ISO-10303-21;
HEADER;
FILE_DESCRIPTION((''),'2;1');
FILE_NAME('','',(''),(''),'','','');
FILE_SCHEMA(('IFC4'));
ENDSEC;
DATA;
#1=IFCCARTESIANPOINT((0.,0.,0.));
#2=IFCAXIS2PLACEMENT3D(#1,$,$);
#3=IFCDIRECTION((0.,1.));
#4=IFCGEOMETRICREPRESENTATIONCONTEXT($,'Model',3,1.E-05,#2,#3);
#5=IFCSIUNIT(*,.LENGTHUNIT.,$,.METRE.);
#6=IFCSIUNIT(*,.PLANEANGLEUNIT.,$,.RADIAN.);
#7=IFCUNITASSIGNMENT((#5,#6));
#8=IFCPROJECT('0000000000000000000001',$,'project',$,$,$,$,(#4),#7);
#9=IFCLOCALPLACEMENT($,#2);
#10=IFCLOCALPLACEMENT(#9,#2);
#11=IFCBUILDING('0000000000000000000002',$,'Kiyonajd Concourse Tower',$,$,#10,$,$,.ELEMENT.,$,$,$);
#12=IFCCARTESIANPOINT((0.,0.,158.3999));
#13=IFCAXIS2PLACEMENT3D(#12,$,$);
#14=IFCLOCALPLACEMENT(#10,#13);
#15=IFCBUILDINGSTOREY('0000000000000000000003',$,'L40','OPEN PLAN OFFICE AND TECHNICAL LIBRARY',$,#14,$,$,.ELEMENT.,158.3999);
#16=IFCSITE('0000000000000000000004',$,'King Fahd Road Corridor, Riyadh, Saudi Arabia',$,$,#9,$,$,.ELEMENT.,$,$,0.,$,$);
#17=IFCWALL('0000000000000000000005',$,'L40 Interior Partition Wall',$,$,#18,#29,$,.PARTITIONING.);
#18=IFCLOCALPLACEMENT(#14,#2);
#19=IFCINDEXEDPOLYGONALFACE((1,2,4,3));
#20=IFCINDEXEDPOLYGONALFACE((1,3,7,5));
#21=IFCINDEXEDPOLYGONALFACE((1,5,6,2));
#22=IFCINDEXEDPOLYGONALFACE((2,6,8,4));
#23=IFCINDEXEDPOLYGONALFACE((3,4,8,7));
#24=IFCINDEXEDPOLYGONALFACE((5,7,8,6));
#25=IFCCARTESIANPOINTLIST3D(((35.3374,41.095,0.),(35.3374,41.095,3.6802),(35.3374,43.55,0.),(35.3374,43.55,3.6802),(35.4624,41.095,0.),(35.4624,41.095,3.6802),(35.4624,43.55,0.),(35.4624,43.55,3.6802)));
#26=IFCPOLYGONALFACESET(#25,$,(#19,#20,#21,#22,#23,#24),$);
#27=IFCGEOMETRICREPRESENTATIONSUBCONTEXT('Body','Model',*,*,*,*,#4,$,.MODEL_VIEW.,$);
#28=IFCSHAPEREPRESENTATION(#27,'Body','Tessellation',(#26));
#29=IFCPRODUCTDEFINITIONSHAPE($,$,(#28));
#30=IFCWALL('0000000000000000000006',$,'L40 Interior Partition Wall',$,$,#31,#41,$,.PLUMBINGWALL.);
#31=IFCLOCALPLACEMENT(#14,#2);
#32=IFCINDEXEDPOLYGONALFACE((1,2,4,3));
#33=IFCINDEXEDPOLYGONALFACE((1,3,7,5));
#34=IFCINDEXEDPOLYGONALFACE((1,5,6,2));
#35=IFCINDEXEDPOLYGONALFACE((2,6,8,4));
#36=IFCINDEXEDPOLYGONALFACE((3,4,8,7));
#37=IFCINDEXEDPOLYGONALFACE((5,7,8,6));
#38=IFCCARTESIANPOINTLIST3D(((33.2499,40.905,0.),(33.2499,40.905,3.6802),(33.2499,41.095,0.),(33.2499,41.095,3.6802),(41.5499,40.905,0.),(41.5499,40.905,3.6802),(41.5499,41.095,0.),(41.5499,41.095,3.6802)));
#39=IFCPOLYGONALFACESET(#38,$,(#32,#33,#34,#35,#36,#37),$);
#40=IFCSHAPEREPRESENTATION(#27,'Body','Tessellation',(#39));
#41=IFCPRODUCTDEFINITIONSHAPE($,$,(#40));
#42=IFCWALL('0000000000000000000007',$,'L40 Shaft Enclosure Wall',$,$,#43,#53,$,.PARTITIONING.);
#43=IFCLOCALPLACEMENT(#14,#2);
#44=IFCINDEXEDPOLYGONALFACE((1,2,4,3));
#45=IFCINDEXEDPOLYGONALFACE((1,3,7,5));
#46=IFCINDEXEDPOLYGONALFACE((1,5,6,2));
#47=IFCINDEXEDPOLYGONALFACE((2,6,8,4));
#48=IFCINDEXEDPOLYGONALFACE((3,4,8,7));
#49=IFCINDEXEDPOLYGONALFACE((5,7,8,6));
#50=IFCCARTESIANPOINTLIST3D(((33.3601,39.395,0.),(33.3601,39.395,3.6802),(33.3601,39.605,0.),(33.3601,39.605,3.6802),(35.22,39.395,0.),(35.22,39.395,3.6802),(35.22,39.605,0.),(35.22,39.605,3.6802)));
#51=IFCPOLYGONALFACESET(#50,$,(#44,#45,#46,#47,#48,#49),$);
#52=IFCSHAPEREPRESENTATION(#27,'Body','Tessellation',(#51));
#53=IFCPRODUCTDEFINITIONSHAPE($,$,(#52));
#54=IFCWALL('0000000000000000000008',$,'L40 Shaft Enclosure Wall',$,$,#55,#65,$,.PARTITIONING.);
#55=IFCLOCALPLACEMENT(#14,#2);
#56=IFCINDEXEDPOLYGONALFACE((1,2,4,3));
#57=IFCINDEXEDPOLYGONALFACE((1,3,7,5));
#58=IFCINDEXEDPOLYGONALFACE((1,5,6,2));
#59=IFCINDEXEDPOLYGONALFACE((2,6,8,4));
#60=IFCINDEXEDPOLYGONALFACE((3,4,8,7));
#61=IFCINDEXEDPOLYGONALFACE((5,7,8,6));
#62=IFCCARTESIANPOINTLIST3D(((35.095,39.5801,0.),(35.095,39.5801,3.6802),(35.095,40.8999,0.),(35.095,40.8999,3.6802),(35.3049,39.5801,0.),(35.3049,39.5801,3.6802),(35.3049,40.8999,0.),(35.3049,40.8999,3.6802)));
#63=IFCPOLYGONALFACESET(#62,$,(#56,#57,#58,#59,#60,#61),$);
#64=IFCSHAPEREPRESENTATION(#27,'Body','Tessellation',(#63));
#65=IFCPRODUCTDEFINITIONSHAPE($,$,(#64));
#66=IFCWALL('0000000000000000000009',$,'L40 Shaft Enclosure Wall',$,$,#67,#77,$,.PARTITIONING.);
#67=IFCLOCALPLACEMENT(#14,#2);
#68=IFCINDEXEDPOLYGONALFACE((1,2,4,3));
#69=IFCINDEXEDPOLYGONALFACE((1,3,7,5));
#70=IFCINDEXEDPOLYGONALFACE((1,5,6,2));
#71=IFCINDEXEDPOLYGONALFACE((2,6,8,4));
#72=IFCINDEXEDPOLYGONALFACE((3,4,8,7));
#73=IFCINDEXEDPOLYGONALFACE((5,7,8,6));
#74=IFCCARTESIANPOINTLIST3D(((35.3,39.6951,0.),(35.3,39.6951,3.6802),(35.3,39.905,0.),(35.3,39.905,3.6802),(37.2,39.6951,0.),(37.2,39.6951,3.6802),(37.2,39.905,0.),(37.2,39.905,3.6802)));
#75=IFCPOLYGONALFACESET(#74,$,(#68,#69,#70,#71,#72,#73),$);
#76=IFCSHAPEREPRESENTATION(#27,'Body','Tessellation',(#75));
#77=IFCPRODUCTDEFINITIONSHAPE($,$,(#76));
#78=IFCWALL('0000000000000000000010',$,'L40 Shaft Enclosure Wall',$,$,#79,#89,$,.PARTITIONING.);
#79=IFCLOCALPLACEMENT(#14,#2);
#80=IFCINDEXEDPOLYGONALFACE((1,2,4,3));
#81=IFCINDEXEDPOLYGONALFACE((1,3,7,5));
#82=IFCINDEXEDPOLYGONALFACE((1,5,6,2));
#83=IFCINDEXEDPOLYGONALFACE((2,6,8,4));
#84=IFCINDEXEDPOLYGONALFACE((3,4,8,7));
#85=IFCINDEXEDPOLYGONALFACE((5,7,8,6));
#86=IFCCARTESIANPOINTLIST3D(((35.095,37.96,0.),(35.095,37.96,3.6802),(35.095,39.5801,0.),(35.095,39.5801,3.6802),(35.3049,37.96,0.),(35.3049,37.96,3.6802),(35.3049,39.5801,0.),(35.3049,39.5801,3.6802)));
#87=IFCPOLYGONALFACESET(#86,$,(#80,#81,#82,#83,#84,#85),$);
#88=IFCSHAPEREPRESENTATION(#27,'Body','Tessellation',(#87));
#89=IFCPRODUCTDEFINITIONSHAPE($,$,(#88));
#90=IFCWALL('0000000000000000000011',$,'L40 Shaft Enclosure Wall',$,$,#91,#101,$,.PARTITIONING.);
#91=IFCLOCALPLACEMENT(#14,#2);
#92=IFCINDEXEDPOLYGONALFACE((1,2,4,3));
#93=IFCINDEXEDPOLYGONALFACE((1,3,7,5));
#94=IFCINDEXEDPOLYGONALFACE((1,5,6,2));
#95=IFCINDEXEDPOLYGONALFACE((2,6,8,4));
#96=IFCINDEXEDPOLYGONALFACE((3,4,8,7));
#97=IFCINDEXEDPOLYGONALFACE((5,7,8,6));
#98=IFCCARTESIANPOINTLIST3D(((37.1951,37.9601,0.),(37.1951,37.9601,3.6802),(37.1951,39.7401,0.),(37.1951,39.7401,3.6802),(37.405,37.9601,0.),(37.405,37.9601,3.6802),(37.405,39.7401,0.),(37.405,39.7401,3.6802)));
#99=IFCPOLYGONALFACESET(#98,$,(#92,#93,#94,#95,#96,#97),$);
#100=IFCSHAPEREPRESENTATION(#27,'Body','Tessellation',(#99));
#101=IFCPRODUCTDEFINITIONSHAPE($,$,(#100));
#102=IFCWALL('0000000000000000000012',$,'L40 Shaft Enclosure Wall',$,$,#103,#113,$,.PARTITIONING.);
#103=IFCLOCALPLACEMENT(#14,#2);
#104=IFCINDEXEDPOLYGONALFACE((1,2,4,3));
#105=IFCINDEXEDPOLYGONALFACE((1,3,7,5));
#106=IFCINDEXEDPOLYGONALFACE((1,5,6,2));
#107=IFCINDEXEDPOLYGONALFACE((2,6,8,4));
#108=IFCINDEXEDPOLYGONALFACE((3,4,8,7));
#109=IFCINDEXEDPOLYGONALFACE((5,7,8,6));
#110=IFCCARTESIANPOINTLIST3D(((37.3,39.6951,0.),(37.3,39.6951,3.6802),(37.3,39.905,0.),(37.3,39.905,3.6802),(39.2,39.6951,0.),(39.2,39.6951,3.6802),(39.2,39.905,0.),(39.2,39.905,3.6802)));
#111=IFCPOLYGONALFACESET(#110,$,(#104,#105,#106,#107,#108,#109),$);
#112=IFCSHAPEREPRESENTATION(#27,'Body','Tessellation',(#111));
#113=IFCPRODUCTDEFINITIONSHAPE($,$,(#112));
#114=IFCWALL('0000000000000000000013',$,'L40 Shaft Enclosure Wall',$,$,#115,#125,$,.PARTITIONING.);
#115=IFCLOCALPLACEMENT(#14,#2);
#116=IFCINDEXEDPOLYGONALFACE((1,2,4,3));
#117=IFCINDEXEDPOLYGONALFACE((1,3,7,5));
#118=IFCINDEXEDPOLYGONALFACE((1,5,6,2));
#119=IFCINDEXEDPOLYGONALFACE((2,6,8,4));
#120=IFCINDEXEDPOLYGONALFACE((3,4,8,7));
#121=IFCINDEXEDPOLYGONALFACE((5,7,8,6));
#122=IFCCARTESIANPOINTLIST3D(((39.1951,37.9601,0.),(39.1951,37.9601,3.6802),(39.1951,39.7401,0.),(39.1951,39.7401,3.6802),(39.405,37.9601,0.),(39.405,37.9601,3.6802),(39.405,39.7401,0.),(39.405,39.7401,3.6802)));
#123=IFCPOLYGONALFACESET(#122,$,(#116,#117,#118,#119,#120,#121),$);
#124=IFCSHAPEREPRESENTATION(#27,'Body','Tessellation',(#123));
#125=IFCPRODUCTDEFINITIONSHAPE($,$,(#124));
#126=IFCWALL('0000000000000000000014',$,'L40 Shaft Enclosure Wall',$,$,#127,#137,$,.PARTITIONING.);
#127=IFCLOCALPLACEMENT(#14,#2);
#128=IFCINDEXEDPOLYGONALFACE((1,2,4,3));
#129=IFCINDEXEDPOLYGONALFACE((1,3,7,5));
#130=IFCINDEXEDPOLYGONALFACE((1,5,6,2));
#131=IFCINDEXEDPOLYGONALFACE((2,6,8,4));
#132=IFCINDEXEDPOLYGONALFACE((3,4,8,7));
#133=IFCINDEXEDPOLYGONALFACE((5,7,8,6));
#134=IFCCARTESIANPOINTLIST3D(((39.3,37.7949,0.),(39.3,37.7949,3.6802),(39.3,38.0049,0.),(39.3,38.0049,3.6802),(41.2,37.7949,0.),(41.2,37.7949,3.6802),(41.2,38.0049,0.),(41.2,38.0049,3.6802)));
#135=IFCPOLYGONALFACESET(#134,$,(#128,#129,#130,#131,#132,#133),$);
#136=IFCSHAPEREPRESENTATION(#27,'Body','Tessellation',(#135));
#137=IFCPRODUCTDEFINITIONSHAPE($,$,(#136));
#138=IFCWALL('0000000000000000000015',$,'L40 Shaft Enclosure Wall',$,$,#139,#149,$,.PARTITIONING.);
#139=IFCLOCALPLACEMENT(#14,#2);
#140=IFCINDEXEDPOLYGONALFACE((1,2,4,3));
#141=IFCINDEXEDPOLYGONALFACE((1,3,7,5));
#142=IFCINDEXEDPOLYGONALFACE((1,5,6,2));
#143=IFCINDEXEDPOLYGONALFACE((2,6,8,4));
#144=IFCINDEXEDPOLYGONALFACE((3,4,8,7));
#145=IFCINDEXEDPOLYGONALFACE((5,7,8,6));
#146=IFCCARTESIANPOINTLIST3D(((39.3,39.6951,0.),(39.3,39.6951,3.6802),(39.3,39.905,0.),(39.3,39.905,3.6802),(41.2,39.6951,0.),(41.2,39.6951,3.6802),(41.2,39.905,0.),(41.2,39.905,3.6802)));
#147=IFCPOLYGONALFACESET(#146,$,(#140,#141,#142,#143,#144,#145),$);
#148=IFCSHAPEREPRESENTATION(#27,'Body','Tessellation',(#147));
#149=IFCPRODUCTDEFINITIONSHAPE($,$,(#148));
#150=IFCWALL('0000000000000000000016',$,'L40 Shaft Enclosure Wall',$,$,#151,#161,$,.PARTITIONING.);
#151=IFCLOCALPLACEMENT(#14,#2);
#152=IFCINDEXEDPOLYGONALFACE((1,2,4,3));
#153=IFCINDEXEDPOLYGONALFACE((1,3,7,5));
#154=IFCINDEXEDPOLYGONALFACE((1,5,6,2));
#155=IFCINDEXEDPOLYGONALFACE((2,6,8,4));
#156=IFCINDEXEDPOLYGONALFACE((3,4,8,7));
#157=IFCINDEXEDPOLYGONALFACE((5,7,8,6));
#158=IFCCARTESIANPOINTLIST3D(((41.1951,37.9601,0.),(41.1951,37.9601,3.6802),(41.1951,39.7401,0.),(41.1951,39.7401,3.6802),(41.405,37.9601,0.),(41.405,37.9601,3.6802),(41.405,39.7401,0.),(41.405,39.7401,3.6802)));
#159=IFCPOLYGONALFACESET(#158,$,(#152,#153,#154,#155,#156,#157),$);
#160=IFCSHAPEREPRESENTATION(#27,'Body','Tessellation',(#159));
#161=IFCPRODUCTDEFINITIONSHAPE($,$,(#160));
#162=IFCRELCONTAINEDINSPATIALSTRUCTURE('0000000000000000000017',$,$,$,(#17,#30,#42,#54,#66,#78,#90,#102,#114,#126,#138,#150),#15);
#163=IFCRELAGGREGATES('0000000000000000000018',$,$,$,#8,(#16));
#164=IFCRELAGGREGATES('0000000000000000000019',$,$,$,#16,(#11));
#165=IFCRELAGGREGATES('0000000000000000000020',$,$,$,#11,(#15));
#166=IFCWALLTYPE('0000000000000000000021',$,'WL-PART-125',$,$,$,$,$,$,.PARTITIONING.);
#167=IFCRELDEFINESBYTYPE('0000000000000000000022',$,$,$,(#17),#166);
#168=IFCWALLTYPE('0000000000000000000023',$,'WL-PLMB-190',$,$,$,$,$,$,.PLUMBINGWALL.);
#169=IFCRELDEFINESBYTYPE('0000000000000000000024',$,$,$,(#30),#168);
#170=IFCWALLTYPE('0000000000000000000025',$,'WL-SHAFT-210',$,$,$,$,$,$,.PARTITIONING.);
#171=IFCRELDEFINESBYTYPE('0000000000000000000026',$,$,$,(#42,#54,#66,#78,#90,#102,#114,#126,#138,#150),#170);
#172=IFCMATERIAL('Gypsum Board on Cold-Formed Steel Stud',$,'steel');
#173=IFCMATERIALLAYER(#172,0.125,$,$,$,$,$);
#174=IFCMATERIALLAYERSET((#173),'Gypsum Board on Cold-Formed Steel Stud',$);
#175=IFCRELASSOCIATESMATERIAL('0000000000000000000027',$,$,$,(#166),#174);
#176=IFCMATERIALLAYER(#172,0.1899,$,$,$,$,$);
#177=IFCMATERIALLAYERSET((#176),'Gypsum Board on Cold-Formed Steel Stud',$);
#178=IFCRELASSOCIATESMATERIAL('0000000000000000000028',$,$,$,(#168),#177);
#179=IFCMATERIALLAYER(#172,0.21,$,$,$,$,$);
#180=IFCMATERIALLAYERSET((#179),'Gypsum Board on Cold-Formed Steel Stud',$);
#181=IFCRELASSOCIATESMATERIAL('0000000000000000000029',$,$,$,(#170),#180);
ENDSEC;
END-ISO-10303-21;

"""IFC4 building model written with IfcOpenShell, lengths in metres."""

from ifc_helpers import new_model, si_unit, direction, frame, frame_2d, origin, place, context, subcontext, project, spatial, rectangle, extrude, material, layer, layer_set, type_object, element, save


model = new_model("IFC4")

# Units and contexts
model_context = context("Model", 3, precision=1e-05, world=origin(), true_north=direction((0.0, 1.0)))
body_context = subcontext(model_context, "Body", "Model", "MODEL_VIEW")
ifc_project = project(units=[si_unit("LENGTHUNIT", "METRE"), si_unit("PLANEANGLEUNIT", "RADIAN")], contexts=[model_context])

# Site, building, storey
site_placement = place(None, origin())
site = spatial("IfcSite", under=ifc_project, at=site_placement, Name="King Fahd Road Corridor, Riyadh, Saudi Arabia", CompositionType="ELEMENT", RefElevation=0.0)
building_placement = place(site_placement, origin())
building = spatial("IfcBuilding", under=site, at=building_placement, Name="Kiyonajd Concourse Tower", CompositionType="ELEMENT")
storey_placement = place(building_placement, frame((0.0, 0.0, 158.3999)))
storey = spatial("IfcBuildingStorey", under=building, at=storey_placement, Name="L40", Description="OPEN PLAN OFFICE AND TECHNICAL LIBRARY", CompositionType="ELEMENT", Elevation=158.3999)

# Walls
ifc_material = material(Name="Gypsum Board on Cold-Formed Steel Stud", Category="steel")
ifc_layer_1 = layer(ifc_material, 0.125)
ifc_layer_set_1 = layer_set([ifc_layer_1], Name="Gypsum Board on Cold-Formed Steel Stud")
wall_type_1 = type_object("IfcWallType", Name="WL-PART-125", PredefinedType="PARTITIONING", material=ifc_layer_set_1)
wall_1_placement = place(storey_placement, frame((35.3999, 41.095, 0.0), z_axis=(0.0, 0.0, 1.0), x_axis=(0.0, 1.0, 0.0)))
element("IfcWall", 1, at=wall_1_placement, inside=storey, type_object=wall_type_1, Name="L40 Interior Partition Wall", PredefinedType="PARTITIONING", context=body_context, shape_type="SweptSolid", body=[
    extrude(rectangle(XDim=2.4551, YDim=0.125, at=frame_2d((1.2275, 0.0))), origin(), (0.0, 0.0, 1.0), 3.6802),
])
ifc_layer_2 = layer(ifc_material, 0.1899)
ifc_layer_set_2 = layer_set([ifc_layer_2], Name="Gypsum Board on Cold-Formed Steel Stud")
wall_type_2 = type_object("IfcWallType", Name="WL-PLMB-190", PredefinedType="PLUMBINGWALL", material=ifc_layer_set_2)
wall_2_placement = place(storey_placement, frame((33.25, 41.0, 0.0), z_axis=(0.0, 0.0, 1.0), x_axis=(1.0, 0.0, 0.0)))
element("IfcWall", 2, at=wall_2_placement, inside=storey, type_object=wall_type_2, Name="L40 Interior Partition Wall", PredefinedType="PLUMBINGWALL", context=body_context, shape_type="SweptSolid", body=[
    extrude(rectangle(XDim=8.3, YDim=0.1899, at=frame_2d((4.1499, 0.0))), origin(), (0.0, 0.0, 1.0), 3.6802),
])
ifc_layer_3 = layer(ifc_material, 0.21)
ifc_layer_set_3 = layer_set([ifc_layer_3], Name="Gypsum Board on Cold-Formed Steel Stud")
wall_type_3 = type_object("IfcWallType", Name="WL-SHAFT-210", PredefinedType="PARTITIONING", material=ifc_layer_set_3)
wall_3_placement = place(storey_placement, frame((33.3601, 39.5, 0.0), z_axis=(0.0, 0.0, 1.0), x_axis=(1.0, 0.0, 0.0)))
element("IfcWall", 3, at=wall_3_placement, inside=storey, type_object=wall_type_3, Name="L40 Shaft Enclosure Wall", PredefinedType="PARTITIONING", context=body_context, shape_type="SweptSolid", body=[
    extrude(rectangle(XDim=1.8599, YDim=0.21, at=frame_2d((0.9299, 0.0))), origin(), (0.0, 0.0, 1.0), 3.6802),
])
wall_4_placement = place(storey_placement, frame((35.2, 39.5801, 0.0), z_axis=(0.0, 0.0, 1.0), x_axis=(0.0, 1.0, 0.0)))
element("IfcWall", 4, at=wall_4_placement, inside=storey, type_object=wall_type_3, Name="L40 Shaft Enclosure Wall", PredefinedType="PARTITIONING", context=body_context, shape_type="SweptSolid", body=[
    extrude(rectangle(XDim=1.3198, YDim=0.21, at=frame_2d((0.6599, 0.0))), origin(), (0.0, 0.0, 1.0), 3.6802),
])
wall_5_placement = place(storey_placement, frame((35.3, 39.8, 0.0), z_axis=(0.0, 0.0, 1.0), x_axis=(1.0, 0.0, 0.0)))
element("IfcWall", 5, at=wall_5_placement, inside=storey, type_object=wall_type_3, Name="L40 Shaft Enclosure Wall", PredefinedType="PARTITIONING", context=body_context, shape_type="SweptSolid", body=[
    extrude(rectangle(XDim=1.8999, YDim=0.21, at=frame_2d((0.95, 0.0))), origin(), (0.0, 0.0, 1.0), 3.6802),
])
wall_6_placement = place(storey_placement, frame((35.2, 37.96, 0.0), z_axis=(0.0, 0.0, 1.0), x_axis=(0.0, 1.0, 0.0)))
element("IfcWall", 6, at=wall_6_placement, inside=storey, type_object=wall_type_3, Name="L40 Shaft Enclosure Wall", PredefinedType="PARTITIONING", context=body_context, shape_type="SweptSolid", body=[
    extrude(rectangle(XDim=1.6201, YDim=0.21, at=frame_2d((0.8101, 0.0))), origin(), (0.0, 0.0, 1.0), 3.6802),
])
wall_7_placement = place(storey_placement, frame((37.3, 37.96, 0.0), z_axis=(0.0, 0.0, 1.0), x_axis=(0.0, 1.0, 0.0)))
element("IfcWall", 7, at=wall_7_placement, inside=storey, type_object=wall_type_3, Name="L40 Shaft Enclosure Wall", PredefinedType="PARTITIONING", context=body_context, shape_type="SweptSolid", body=[
    extrude(rectangle(XDim=1.78, YDim=0.21, at=frame_2d((0.8901, 0.0))), origin(), (0.0, 0.0, 1.0), 3.6802),
])
wall_8_placement = place(storey_placement, frame((37.3, 39.8, 0.0), z_axis=(0.0, 0.0, 1.0), x_axis=(1.0, 0.0, 0.0)))
element("IfcWall", 8, at=wall_8_placement, inside=storey, type_object=wall_type_3, Name="L40 Shaft Enclosure Wall", PredefinedType="PARTITIONING", context=body_context, shape_type="SweptSolid", body=[
    extrude(rectangle(XDim=1.8999, YDim=0.21, at=frame_2d((0.95, 0.0))), origin(), (0.0, 0.0, 1.0), 3.6802),
])
wall_9_placement = place(storey_placement, frame((39.3, 37.96, 0.0), z_axis=(0.0, 0.0, 1.0), x_axis=(0.0, 1.0, 0.0)))
element("IfcWall", 9, at=wall_9_placement, inside=storey, type_object=wall_type_3, Name="L40 Shaft Enclosure Wall", PredefinedType="PARTITIONING", context=body_context, shape_type="SweptSolid", body=[
    extrude(rectangle(XDim=1.78, YDim=0.21, at=frame_2d((0.8901, 0.0))), origin(), (0.0, 0.0, 1.0), 3.6802),
])
for number, where, z_axis, x_axis, name in (
    (10, (39.3, 37.8999, 0.0), (0.0, 0.0, 1.0), (1.0, 0.0, 0.0), "L40 Shaft Enclosure Wall"),
    (11, (39.3, 39.8, 0.0), (0.0, 0.0, 1.0), (1.0, 0.0, 0.0), "L40 Shaft Enclosure Wall"),
):
    element("IfcWall", number, at=place(storey_placement, frame(where, z_axis=z_axis, x_axis=x_axis)), inside=storey, type_object=wall_type_3, Name=name, PredefinedType="PARTITIONING", context=body_context, shape_type="SweptSolid", body=[
        extrude(rectangle(XDim=1.8999, YDim=0.21, at=frame_2d((0.95, 0.0))), origin(), (0.0, 0.0, 1.0), 3.6802),
    ])
wall_10_placement = place(storey_placement, frame((41.3, 37.96, 0.0), z_axis=(0.0, 0.0, 1.0), x_axis=(0.0, 1.0, 0.0)))
element("IfcWall", 12, at=wall_10_placement, inside=storey, type_object=wall_type_3, Name="L40 Shaft Enclosure Wall", PredefinedType="PARTITIONING", context=body_context, shape_type="SweptSolid", body=[
    extrude(rectangle(XDim=1.78, YDim=0.21, at=frame_2d((0.8901, 0.0))), origin(), (0.0, 0.0, 1.0), 3.6802),
])

save(model, "model.ifc")
